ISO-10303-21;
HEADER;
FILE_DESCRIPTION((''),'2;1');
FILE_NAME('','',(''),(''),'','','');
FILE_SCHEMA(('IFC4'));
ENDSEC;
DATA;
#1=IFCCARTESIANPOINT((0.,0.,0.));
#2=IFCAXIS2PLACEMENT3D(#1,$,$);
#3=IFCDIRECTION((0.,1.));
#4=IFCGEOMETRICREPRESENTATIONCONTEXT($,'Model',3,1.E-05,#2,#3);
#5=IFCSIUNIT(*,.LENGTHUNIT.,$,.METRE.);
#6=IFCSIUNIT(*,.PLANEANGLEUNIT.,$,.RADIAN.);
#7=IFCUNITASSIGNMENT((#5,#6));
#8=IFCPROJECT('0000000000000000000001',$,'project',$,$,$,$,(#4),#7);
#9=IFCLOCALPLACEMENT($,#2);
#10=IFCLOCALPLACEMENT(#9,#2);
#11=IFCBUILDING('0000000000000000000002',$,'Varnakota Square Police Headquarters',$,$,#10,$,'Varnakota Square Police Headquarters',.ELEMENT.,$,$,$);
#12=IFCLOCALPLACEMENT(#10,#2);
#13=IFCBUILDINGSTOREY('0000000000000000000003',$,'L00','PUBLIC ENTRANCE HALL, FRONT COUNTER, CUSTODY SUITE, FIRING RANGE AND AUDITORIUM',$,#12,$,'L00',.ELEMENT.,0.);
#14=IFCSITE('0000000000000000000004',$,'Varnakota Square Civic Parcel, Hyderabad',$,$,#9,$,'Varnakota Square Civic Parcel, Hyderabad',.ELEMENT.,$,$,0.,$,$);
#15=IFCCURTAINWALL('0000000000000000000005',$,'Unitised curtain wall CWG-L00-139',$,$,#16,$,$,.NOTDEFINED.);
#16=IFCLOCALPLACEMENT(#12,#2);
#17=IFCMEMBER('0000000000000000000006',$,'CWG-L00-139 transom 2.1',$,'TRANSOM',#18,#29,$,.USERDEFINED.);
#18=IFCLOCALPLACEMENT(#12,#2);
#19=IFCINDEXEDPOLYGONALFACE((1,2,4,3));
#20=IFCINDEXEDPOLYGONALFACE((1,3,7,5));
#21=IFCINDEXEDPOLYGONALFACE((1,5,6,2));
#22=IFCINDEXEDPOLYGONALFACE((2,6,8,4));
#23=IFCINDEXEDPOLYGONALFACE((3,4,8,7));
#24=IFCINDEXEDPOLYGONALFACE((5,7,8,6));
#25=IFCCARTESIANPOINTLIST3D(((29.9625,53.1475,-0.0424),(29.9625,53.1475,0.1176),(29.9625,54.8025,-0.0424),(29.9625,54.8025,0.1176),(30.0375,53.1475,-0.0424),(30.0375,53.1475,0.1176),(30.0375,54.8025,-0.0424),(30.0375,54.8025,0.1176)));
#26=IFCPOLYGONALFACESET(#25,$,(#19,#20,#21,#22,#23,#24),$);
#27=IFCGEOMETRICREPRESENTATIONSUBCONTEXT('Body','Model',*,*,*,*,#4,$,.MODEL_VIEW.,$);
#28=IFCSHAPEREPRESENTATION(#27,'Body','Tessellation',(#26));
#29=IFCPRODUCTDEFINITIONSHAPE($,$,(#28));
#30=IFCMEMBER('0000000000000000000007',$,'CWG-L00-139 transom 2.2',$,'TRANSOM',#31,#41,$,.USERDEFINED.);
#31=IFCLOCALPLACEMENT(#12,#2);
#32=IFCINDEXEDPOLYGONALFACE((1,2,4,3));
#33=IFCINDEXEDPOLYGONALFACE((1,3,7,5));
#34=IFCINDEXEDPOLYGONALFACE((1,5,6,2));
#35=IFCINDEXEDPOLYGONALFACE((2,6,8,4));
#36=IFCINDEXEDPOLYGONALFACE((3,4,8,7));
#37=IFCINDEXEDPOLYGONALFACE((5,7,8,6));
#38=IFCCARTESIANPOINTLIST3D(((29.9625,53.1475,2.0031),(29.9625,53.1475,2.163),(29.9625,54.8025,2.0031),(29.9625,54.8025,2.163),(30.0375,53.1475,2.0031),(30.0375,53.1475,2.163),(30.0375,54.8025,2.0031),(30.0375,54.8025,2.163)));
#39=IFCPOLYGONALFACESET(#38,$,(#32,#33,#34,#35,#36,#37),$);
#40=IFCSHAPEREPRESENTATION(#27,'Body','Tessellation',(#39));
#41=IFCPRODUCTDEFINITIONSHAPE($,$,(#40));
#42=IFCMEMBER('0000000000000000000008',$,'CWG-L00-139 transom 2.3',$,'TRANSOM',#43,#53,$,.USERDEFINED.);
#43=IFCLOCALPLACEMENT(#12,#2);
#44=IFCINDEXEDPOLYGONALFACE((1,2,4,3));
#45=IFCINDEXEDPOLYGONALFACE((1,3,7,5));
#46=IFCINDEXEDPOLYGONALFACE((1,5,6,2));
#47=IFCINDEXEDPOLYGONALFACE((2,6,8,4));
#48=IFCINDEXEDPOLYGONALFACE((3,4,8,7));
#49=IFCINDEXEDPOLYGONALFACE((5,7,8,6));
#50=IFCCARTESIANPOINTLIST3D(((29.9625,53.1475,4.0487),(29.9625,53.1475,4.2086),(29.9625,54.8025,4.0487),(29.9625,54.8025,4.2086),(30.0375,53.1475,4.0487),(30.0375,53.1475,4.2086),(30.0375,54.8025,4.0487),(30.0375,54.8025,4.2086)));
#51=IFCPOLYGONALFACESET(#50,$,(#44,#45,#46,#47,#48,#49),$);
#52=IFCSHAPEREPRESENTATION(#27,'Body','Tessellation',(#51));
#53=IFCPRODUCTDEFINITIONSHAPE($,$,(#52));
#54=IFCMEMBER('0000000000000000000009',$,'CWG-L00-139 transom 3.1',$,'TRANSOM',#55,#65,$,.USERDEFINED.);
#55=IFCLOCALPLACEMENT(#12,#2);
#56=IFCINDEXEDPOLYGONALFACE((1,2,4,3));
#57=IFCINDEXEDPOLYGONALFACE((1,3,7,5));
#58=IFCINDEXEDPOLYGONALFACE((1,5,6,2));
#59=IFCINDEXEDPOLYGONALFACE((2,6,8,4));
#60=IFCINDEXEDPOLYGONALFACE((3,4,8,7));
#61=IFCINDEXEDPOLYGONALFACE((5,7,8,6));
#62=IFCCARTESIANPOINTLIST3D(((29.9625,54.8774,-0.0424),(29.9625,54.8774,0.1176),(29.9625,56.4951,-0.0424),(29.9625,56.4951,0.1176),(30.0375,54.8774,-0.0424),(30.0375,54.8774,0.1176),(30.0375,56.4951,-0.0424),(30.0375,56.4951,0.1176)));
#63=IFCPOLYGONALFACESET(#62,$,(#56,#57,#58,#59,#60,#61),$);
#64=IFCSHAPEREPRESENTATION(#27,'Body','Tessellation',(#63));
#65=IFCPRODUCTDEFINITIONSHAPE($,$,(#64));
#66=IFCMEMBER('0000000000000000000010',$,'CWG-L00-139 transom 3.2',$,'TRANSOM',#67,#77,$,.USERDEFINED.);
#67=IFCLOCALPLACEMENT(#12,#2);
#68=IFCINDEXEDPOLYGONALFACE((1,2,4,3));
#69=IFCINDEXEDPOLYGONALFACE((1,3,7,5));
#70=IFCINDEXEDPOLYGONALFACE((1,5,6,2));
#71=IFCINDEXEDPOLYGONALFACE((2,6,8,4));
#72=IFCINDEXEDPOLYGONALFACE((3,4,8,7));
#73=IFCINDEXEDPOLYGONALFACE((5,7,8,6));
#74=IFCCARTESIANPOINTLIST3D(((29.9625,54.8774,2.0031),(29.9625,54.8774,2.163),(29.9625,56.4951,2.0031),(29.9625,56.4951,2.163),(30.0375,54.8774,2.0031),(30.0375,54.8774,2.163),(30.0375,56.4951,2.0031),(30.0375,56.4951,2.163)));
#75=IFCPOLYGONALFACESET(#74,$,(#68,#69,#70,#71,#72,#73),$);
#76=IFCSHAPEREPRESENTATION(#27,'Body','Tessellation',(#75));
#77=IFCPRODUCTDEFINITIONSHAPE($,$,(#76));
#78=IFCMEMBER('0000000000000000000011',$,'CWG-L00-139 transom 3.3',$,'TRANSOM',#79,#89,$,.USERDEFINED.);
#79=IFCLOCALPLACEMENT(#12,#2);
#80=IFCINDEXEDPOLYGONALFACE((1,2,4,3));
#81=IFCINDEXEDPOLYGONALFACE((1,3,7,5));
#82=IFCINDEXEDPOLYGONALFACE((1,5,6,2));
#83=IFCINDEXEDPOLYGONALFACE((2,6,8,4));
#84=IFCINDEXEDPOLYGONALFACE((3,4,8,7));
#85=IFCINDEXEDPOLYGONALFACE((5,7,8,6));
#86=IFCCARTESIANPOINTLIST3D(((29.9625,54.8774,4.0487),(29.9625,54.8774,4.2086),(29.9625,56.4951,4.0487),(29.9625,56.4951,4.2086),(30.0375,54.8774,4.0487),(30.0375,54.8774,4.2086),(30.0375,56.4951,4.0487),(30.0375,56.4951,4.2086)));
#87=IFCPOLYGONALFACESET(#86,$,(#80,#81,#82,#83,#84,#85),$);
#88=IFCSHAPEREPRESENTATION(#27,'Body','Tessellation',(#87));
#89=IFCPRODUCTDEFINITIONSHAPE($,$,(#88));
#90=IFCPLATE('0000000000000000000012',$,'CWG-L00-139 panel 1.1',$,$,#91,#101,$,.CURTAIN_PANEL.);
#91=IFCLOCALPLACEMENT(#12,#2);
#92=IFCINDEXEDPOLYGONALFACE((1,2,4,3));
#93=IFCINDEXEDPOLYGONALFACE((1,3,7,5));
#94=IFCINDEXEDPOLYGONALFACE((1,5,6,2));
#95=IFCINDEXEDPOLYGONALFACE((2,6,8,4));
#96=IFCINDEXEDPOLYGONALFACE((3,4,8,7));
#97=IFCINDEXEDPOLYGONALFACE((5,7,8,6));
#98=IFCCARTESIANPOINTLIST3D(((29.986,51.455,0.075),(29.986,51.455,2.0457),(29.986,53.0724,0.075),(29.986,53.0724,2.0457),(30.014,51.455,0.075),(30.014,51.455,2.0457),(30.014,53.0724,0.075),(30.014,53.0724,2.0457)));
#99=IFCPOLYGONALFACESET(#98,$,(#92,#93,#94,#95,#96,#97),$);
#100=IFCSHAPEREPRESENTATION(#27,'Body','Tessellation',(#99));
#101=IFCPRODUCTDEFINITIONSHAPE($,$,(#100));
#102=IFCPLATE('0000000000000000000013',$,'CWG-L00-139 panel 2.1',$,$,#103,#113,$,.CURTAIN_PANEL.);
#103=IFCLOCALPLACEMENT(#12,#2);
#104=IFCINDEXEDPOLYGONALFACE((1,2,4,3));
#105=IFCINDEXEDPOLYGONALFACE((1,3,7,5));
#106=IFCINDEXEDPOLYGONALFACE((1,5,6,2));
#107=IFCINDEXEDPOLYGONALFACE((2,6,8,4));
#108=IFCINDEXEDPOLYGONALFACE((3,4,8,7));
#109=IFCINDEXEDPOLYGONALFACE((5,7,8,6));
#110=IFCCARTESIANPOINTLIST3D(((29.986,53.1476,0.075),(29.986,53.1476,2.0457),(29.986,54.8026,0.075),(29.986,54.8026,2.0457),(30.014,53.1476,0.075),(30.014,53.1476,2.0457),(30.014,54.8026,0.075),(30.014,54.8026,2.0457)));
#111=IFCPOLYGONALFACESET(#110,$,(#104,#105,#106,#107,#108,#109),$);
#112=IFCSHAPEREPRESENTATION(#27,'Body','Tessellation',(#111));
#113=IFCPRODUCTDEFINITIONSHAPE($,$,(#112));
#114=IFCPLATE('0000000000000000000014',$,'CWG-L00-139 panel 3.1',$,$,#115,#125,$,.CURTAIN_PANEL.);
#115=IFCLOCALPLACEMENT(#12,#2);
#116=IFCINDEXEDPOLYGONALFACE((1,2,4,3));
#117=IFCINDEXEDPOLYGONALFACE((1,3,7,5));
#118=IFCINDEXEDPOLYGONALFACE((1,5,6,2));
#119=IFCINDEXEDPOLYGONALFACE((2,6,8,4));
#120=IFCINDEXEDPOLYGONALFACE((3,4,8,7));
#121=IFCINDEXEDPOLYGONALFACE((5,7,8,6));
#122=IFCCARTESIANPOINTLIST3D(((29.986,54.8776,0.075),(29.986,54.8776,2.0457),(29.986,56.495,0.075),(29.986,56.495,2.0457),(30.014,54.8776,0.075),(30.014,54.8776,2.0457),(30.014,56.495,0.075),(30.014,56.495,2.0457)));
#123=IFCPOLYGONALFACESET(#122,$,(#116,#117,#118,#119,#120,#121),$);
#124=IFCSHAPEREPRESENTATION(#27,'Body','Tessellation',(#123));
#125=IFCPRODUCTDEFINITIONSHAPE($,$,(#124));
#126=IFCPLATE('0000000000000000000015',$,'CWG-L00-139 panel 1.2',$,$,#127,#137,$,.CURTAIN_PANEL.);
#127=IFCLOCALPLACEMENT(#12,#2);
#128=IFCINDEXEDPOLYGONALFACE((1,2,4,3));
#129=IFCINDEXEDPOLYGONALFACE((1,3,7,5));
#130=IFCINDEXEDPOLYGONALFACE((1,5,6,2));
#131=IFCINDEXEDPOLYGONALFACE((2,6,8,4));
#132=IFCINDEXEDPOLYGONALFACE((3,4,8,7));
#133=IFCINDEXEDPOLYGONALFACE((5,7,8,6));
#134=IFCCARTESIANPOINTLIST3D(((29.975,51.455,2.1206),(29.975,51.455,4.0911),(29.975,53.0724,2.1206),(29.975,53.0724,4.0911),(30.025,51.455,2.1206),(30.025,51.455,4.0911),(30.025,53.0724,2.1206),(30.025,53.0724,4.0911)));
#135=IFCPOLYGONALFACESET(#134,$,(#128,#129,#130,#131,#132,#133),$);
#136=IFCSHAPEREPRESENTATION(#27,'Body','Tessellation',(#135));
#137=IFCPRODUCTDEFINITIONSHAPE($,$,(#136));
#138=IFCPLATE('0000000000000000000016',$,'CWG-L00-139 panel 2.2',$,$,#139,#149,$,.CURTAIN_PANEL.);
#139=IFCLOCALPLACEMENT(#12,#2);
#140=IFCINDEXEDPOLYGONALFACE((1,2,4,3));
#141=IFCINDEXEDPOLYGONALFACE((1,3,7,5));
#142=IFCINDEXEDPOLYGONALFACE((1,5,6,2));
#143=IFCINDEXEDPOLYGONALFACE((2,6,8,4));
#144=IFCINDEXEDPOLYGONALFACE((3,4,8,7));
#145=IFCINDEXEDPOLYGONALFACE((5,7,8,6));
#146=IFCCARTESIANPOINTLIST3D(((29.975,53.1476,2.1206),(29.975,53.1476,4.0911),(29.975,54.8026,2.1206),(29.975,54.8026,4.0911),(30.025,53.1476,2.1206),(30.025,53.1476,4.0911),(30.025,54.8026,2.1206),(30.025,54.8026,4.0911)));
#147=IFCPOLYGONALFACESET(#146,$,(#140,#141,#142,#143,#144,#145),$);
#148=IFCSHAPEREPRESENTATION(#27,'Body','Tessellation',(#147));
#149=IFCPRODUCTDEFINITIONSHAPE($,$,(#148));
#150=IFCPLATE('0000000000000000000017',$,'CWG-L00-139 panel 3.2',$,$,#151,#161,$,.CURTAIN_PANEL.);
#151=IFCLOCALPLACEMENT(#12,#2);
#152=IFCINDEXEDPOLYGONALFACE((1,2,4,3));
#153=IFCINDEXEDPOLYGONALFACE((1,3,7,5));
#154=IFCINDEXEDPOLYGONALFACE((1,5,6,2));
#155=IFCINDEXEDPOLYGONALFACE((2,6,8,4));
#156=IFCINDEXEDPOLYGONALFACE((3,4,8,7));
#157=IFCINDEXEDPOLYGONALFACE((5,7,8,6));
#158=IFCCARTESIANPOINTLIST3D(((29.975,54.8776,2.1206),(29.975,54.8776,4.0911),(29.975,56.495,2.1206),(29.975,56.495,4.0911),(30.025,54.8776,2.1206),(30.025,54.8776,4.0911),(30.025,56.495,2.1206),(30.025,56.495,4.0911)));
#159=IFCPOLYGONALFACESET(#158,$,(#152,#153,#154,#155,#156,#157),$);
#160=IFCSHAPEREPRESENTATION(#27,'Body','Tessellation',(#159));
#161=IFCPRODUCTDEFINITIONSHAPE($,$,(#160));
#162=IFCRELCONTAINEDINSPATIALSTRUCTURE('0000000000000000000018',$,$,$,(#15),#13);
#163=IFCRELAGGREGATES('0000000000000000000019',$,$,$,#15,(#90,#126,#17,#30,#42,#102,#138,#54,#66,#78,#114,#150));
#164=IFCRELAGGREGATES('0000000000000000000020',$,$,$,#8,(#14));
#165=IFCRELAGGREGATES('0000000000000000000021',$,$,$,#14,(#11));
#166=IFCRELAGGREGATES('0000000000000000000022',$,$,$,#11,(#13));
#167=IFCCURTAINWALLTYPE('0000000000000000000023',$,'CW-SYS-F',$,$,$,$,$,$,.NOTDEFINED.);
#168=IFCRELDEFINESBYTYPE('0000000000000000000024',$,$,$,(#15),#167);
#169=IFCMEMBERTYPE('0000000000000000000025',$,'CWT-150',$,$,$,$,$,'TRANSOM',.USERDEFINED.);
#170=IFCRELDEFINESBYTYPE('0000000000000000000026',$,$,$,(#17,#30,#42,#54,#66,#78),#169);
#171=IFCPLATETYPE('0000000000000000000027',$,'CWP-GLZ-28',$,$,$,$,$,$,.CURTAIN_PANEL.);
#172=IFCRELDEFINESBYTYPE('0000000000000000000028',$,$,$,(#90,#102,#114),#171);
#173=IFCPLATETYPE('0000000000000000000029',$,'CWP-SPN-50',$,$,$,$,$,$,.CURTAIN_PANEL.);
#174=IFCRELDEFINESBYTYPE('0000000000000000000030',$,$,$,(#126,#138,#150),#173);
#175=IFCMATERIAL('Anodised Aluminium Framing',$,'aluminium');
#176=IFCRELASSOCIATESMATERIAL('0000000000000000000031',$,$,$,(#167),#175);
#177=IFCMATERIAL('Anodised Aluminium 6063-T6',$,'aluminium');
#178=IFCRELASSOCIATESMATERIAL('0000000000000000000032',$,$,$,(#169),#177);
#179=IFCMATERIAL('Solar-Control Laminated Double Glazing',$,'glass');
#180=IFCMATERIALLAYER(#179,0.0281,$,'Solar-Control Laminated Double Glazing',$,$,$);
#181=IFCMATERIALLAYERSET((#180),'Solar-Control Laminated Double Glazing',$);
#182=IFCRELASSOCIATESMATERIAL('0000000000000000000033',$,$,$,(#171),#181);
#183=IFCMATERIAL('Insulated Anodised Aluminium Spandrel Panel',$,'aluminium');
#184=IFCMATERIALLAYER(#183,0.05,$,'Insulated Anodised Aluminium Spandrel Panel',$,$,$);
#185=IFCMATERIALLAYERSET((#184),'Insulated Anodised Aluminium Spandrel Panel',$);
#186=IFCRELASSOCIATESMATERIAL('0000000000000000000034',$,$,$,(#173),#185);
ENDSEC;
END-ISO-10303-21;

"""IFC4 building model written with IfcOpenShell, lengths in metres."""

from ifc_helpers import new_model, si_unit, direction, frame, origin, origin_2d, place, context, subcontext, project, spatial, rectangle, extrude, material, layer, layer_set, material_profile, profile_set, type_object, element, aggregate, save


model = new_model("IFC4")

# Units and contexts
model_context = context("Model", 3, precision=1e-05, world=origin(), true_north=direction((0.0, 1.0)))
body_context = subcontext(model_context, "Body", "Model", "MODEL_VIEW")
ifc_project = project(units=[si_unit("LENGTHUNIT", "METRE"), si_unit("PLANEANGLEUNIT", "RADIAN")], contexts=[model_context])

# Site, building, storey
site_placement = place(None, origin())
site = spatial("IfcSite", under=ifc_project, at=site_placement, Name="Varnakota Square Civic Parcel, Hyderabad", LongName="Varnakota Square Civic Parcel, Hyderabad", CompositionType="ELEMENT", RefElevation=0.0)
building_placement = place(site_placement, origin())
building = spatial("IfcBuilding", under=site, at=building_placement, Name="Varnakota Square Police Headquarters", LongName="Varnakota Square Police Headquarters", CompositionType="ELEMENT")
storey_placement = place(building_placement, origin())
storey = spatial("IfcBuildingStorey", under=building, at=storey_placement, Name="L00", Description="PUBLIC ENTRANCE HALL, FRONT COUNTER, CUSTODY SUITE, FIRING RANGE AND AUDITORIUM", LongName="L00", CompositionType="ELEMENT", Elevation=0.0)

# Curtain wall, members, plates
ifc_material_1 = material(Name="Anodised Aluminium Framing", Category="aluminium")
curtain_wall_type = type_object("IfcCurtainWallType", Name="CW-SYS-F", PredefinedType="NOTDEFINED", material=ifc_material_1)
curtain_wall_placement = place(storey_placement, origin())
curtain_wall = element("IfcCurtainWall", 1, at=curtain_wall_placement, inside=storey, type_object=curtain_wall_type, Name="Unitised curtain wall CWG-L00-139", PredefinedType="NOTDEFINED")
ifc_material_2 = material(Name="Anodised Aluminium 6063-T6", Category="aluminium")
ifc_material_profile_1 = material_profile(ifc_material_2, rectangle(XDim=0.075, YDim=0.1599, at=origin_2d()), Name="ALU TRANSOM 75x160")
ifc_profile_set_1 = profile_set([ifc_material_profile_1], Name="Anodised Aluminium 6063-T6")
member_type_1 = type_object("IfcMemberType", Name="CWT-150", ElementType="TRANSOM", PredefinedType="USERDEFINED", material=ifc_profile_set_1)
member_1_placement = place(storey_placement, frame((30.0, 53.1475, 0.0376), z_axis=(0.0, 1.0, 0.0), x_axis=(-1.0, 0.0, 0.0)))
member_1 = element("IfcMember", 2, at=member_1_placement, type_object=member_type_1, Name="CWG-L00-139 transom 2.1", ObjectType="TRANSOM", PredefinedType="USERDEFINED", context=body_context, shape_type="SweptSolid", body=[
    extrude(rectangle(XDim=0.075, YDim=0.1599, at=origin_2d()), origin(), (0.0, 0.0, 1.0), 1.655),
])
member_2_placement = place(storey_placement, frame((30.0, 53.1475, 2.083), z_axis=(0.0, 1.0, 0.0), x_axis=(-1.0, 0.0, 0.0)))
member_2 = element("IfcMember", 3, at=member_2_placement, type_object=member_type_1, Name="CWG-L00-139 transom 2.2", ObjectType="TRANSOM", PredefinedType="USERDEFINED", context=body_context, shape_type="SweptSolid", body=[
    extrude(rectangle(XDim=0.075, YDim=0.1599, at=origin_2d()), origin(), (0.0, 0.0, 1.0), 1.655),
])
member_3_placement = place(storey_placement, frame((30.0, 53.1475, 4.1287), z_axis=(0.0, 1.0, 0.0), x_axis=(-1.0, 0.0, 0.0)))
member_3 = element("IfcMember", 4, at=member_3_placement, type_object=member_type_1, Name="CWG-L00-139 transom 2.3", ObjectType="TRANSOM", PredefinedType="USERDEFINED", context=body_context, shape_type="SweptSolid", body=[
    extrude(rectangle(XDim=0.075, YDim=0.1599, at=origin_2d()), origin(), (0.0, 0.0, 1.0), 1.655),
])
member_4_placement = place(storey_placement, frame((30.0, 54.8774, 0.0376), z_axis=(0.0, 1.0, 0.0), x_axis=(-1.0, 0.0, 0.0)))
member_4 = element("IfcMember", 5, at=member_4_placement, type_object=member_type_1, Name="CWG-L00-139 transom 3.1", ObjectType="TRANSOM", PredefinedType="USERDEFINED", context=body_context, shape_type="SweptSolid", body=[
    extrude(rectangle(XDim=0.075, YDim=0.1599, at=origin_2d()), origin(), (0.0, 0.0, 1.0), 1.6177),
])
member_5_placement = place(storey_placement, frame((30.0, 54.8774, 2.083), z_axis=(0.0, 1.0, 0.0), x_axis=(-1.0, 0.0, 0.0)))
member_5 = element("IfcMember", 6, at=member_5_placement, type_object=member_type_1, Name="CWG-L00-139 transom 3.2", ObjectType="TRANSOM", PredefinedType="USERDEFINED", context=body_context, shape_type="SweptSolid", body=[
    extrude(rectangle(XDim=0.075, YDim=0.1599, at=origin_2d()), origin(), (0.0, 0.0, 1.0), 1.6177),
])
member_6_placement = place(storey_placement, frame((30.0, 54.8774, 4.1287), z_axis=(0.0, 1.0, 0.0), x_axis=(-1.0, 0.0, 0.0)))
member_6 = element("IfcMember", 7, at=member_6_placement, type_object=member_type_1, Name="CWG-L00-139 transom 3.3", ObjectType="TRANSOM", PredefinedType="USERDEFINED", context=body_context, shape_type="SweptSolid", body=[
    extrude(rectangle(XDim=0.075, YDim=0.1599, at=origin_2d()), origin(), (0.0, 0.0, 1.0), 1.6177),
])
ifc_material_3 = material(Name="Solar-Control Laminated Double Glazing", Category="glass")
ifc_layer_1 = layer(ifc_material_3, 0.0281, Name="Solar-Control Laminated Double Glazing")
ifc_layer_set_1 = layer_set([ifc_layer_1], Name="Solar-Control Laminated Double Glazing")
plate_type_1 = type_object("IfcPlateType", Name="CWP-GLZ-28", PredefinedType="CURTAIN_PANEL", material=ifc_layer_set_1)
plate_1_placement = place(storey_placement, frame((30.0, 52.2637, 0.075), z_axis=(0.0, 0.0, 1.0), x_axis=(0.0, 1.0, 0.0)))
plate_1 = element("IfcPlate", 8, at=plate_1_placement, type_object=plate_type_1, Name="CWG-L00-139 panel 1.1", PredefinedType="CURTAIN_PANEL", context=body_context, shape_type="SweptSolid", body=[
    extrude(rectangle(XDim=1.6174, YDim=0.0281, at=origin_2d()), origin(), (0.0, 0.0, 1.0), 1.9707),
])
plate_2_placement = place(storey_placement, frame((30.0, 53.9751, 0.075), z_axis=(0.0, 0.0, 1.0), x_axis=(0.0, 1.0, 0.0)))
plate_2 = element("IfcPlate", 9, at=plate_2_placement, type_object=plate_type_1, Name="CWG-L00-139 panel 2.1", PredefinedType="CURTAIN_PANEL", context=body_context, shape_type="SweptSolid", body=[
    extrude(rectangle(XDim=1.655, YDim=0.0281, at=origin_2d()), origin(), (0.0, 0.0, 1.0), 1.9707),
])
plate_3_placement = place(storey_placement, frame((30.0, 55.6863, 0.075), z_axis=(0.0, 0.0, 1.0), x_axis=(0.0, 1.0, 0.0)))
plate_3 = element("IfcPlate", 10, at=plate_3_placement, type_object=plate_type_1, Name="CWG-L00-139 panel 3.1", PredefinedType="CURTAIN_PANEL", context=body_context, shape_type="SweptSolid", body=[
    extrude(rectangle(XDim=1.6174, YDim=0.0281, at=origin_2d()), origin(), (0.0, 0.0, 1.0), 1.9707),
])
ifc_material_4 = material(Name="Insulated Anodised Aluminium Spandrel Panel", Category="aluminium")
ifc_layer_2 = layer(ifc_material_4, 0.05, Name="Insulated Anodised Aluminium Spandrel Panel")
ifc_layer_set_2 = layer_set([ifc_layer_2], Name="Insulated Anodised Aluminium Spandrel Panel")
plate_type_2 = type_object("IfcPlateType", Name="CWP-SPN-50", PredefinedType="CURTAIN_PANEL", material=ifc_layer_set_2)
plate_4_placement = place(storey_placement, frame((30.0, 52.2637, 2.1206), z_axis=(0.0, 0.0, 1.0), x_axis=(0.0, 1.0, 0.0)))
plate_4 = element("IfcPlate", 11, at=plate_4_placement, type_object=plate_type_2, Name="CWG-L00-139 panel 1.2", PredefinedType="CURTAIN_PANEL", context=body_context, shape_type="SweptSolid", body=[
    extrude(rectangle(XDim=1.6174, YDim=0.05, at=origin_2d()), origin(), (0.0, 0.0, 1.0), 1.9705),
])
plate_5_placement = place(storey_placement, frame((30.0, 53.9751, 2.1206), z_axis=(0.0, 0.0, 1.0), x_axis=(0.0, 1.0, 0.0)))
plate_5 = element("IfcPlate", 12, at=plate_5_placement, type_object=plate_type_2, Name="CWG-L00-139 panel 2.2", PredefinedType="CURTAIN_PANEL", context=body_context, shape_type="SweptSolid", body=[
    extrude(rectangle(XDim=1.655, YDim=0.05, at=origin_2d()), origin(), (0.0, 0.0, 1.0), 1.9705),
])
plate_6_placement = place(storey_placement, frame((30.0, 55.6863, 2.1206), z_axis=(0.0, 0.0, 1.0), x_axis=(0.0, 1.0, 0.0)))
plate_6 = element("IfcPlate", 13, at=plate_6_placement, type_object=plate_type_2, Name="CWG-L00-139 panel 3.2", PredefinedType="CURTAIN_PANEL", context=body_context, shape_type="SweptSolid", body=[
    extrude(rectangle(XDim=1.6174, YDim=0.05, at=origin_2d()), origin(), (0.0, 0.0, 1.0), 1.9705),
])
aggregate(curtain_wall, [plate_1, plate_4, member_1, member_2, member_3, plate_2, plate_5, member_4, member_5, member_6, plate_3, plate_6])

save(model, "model.ifc")
